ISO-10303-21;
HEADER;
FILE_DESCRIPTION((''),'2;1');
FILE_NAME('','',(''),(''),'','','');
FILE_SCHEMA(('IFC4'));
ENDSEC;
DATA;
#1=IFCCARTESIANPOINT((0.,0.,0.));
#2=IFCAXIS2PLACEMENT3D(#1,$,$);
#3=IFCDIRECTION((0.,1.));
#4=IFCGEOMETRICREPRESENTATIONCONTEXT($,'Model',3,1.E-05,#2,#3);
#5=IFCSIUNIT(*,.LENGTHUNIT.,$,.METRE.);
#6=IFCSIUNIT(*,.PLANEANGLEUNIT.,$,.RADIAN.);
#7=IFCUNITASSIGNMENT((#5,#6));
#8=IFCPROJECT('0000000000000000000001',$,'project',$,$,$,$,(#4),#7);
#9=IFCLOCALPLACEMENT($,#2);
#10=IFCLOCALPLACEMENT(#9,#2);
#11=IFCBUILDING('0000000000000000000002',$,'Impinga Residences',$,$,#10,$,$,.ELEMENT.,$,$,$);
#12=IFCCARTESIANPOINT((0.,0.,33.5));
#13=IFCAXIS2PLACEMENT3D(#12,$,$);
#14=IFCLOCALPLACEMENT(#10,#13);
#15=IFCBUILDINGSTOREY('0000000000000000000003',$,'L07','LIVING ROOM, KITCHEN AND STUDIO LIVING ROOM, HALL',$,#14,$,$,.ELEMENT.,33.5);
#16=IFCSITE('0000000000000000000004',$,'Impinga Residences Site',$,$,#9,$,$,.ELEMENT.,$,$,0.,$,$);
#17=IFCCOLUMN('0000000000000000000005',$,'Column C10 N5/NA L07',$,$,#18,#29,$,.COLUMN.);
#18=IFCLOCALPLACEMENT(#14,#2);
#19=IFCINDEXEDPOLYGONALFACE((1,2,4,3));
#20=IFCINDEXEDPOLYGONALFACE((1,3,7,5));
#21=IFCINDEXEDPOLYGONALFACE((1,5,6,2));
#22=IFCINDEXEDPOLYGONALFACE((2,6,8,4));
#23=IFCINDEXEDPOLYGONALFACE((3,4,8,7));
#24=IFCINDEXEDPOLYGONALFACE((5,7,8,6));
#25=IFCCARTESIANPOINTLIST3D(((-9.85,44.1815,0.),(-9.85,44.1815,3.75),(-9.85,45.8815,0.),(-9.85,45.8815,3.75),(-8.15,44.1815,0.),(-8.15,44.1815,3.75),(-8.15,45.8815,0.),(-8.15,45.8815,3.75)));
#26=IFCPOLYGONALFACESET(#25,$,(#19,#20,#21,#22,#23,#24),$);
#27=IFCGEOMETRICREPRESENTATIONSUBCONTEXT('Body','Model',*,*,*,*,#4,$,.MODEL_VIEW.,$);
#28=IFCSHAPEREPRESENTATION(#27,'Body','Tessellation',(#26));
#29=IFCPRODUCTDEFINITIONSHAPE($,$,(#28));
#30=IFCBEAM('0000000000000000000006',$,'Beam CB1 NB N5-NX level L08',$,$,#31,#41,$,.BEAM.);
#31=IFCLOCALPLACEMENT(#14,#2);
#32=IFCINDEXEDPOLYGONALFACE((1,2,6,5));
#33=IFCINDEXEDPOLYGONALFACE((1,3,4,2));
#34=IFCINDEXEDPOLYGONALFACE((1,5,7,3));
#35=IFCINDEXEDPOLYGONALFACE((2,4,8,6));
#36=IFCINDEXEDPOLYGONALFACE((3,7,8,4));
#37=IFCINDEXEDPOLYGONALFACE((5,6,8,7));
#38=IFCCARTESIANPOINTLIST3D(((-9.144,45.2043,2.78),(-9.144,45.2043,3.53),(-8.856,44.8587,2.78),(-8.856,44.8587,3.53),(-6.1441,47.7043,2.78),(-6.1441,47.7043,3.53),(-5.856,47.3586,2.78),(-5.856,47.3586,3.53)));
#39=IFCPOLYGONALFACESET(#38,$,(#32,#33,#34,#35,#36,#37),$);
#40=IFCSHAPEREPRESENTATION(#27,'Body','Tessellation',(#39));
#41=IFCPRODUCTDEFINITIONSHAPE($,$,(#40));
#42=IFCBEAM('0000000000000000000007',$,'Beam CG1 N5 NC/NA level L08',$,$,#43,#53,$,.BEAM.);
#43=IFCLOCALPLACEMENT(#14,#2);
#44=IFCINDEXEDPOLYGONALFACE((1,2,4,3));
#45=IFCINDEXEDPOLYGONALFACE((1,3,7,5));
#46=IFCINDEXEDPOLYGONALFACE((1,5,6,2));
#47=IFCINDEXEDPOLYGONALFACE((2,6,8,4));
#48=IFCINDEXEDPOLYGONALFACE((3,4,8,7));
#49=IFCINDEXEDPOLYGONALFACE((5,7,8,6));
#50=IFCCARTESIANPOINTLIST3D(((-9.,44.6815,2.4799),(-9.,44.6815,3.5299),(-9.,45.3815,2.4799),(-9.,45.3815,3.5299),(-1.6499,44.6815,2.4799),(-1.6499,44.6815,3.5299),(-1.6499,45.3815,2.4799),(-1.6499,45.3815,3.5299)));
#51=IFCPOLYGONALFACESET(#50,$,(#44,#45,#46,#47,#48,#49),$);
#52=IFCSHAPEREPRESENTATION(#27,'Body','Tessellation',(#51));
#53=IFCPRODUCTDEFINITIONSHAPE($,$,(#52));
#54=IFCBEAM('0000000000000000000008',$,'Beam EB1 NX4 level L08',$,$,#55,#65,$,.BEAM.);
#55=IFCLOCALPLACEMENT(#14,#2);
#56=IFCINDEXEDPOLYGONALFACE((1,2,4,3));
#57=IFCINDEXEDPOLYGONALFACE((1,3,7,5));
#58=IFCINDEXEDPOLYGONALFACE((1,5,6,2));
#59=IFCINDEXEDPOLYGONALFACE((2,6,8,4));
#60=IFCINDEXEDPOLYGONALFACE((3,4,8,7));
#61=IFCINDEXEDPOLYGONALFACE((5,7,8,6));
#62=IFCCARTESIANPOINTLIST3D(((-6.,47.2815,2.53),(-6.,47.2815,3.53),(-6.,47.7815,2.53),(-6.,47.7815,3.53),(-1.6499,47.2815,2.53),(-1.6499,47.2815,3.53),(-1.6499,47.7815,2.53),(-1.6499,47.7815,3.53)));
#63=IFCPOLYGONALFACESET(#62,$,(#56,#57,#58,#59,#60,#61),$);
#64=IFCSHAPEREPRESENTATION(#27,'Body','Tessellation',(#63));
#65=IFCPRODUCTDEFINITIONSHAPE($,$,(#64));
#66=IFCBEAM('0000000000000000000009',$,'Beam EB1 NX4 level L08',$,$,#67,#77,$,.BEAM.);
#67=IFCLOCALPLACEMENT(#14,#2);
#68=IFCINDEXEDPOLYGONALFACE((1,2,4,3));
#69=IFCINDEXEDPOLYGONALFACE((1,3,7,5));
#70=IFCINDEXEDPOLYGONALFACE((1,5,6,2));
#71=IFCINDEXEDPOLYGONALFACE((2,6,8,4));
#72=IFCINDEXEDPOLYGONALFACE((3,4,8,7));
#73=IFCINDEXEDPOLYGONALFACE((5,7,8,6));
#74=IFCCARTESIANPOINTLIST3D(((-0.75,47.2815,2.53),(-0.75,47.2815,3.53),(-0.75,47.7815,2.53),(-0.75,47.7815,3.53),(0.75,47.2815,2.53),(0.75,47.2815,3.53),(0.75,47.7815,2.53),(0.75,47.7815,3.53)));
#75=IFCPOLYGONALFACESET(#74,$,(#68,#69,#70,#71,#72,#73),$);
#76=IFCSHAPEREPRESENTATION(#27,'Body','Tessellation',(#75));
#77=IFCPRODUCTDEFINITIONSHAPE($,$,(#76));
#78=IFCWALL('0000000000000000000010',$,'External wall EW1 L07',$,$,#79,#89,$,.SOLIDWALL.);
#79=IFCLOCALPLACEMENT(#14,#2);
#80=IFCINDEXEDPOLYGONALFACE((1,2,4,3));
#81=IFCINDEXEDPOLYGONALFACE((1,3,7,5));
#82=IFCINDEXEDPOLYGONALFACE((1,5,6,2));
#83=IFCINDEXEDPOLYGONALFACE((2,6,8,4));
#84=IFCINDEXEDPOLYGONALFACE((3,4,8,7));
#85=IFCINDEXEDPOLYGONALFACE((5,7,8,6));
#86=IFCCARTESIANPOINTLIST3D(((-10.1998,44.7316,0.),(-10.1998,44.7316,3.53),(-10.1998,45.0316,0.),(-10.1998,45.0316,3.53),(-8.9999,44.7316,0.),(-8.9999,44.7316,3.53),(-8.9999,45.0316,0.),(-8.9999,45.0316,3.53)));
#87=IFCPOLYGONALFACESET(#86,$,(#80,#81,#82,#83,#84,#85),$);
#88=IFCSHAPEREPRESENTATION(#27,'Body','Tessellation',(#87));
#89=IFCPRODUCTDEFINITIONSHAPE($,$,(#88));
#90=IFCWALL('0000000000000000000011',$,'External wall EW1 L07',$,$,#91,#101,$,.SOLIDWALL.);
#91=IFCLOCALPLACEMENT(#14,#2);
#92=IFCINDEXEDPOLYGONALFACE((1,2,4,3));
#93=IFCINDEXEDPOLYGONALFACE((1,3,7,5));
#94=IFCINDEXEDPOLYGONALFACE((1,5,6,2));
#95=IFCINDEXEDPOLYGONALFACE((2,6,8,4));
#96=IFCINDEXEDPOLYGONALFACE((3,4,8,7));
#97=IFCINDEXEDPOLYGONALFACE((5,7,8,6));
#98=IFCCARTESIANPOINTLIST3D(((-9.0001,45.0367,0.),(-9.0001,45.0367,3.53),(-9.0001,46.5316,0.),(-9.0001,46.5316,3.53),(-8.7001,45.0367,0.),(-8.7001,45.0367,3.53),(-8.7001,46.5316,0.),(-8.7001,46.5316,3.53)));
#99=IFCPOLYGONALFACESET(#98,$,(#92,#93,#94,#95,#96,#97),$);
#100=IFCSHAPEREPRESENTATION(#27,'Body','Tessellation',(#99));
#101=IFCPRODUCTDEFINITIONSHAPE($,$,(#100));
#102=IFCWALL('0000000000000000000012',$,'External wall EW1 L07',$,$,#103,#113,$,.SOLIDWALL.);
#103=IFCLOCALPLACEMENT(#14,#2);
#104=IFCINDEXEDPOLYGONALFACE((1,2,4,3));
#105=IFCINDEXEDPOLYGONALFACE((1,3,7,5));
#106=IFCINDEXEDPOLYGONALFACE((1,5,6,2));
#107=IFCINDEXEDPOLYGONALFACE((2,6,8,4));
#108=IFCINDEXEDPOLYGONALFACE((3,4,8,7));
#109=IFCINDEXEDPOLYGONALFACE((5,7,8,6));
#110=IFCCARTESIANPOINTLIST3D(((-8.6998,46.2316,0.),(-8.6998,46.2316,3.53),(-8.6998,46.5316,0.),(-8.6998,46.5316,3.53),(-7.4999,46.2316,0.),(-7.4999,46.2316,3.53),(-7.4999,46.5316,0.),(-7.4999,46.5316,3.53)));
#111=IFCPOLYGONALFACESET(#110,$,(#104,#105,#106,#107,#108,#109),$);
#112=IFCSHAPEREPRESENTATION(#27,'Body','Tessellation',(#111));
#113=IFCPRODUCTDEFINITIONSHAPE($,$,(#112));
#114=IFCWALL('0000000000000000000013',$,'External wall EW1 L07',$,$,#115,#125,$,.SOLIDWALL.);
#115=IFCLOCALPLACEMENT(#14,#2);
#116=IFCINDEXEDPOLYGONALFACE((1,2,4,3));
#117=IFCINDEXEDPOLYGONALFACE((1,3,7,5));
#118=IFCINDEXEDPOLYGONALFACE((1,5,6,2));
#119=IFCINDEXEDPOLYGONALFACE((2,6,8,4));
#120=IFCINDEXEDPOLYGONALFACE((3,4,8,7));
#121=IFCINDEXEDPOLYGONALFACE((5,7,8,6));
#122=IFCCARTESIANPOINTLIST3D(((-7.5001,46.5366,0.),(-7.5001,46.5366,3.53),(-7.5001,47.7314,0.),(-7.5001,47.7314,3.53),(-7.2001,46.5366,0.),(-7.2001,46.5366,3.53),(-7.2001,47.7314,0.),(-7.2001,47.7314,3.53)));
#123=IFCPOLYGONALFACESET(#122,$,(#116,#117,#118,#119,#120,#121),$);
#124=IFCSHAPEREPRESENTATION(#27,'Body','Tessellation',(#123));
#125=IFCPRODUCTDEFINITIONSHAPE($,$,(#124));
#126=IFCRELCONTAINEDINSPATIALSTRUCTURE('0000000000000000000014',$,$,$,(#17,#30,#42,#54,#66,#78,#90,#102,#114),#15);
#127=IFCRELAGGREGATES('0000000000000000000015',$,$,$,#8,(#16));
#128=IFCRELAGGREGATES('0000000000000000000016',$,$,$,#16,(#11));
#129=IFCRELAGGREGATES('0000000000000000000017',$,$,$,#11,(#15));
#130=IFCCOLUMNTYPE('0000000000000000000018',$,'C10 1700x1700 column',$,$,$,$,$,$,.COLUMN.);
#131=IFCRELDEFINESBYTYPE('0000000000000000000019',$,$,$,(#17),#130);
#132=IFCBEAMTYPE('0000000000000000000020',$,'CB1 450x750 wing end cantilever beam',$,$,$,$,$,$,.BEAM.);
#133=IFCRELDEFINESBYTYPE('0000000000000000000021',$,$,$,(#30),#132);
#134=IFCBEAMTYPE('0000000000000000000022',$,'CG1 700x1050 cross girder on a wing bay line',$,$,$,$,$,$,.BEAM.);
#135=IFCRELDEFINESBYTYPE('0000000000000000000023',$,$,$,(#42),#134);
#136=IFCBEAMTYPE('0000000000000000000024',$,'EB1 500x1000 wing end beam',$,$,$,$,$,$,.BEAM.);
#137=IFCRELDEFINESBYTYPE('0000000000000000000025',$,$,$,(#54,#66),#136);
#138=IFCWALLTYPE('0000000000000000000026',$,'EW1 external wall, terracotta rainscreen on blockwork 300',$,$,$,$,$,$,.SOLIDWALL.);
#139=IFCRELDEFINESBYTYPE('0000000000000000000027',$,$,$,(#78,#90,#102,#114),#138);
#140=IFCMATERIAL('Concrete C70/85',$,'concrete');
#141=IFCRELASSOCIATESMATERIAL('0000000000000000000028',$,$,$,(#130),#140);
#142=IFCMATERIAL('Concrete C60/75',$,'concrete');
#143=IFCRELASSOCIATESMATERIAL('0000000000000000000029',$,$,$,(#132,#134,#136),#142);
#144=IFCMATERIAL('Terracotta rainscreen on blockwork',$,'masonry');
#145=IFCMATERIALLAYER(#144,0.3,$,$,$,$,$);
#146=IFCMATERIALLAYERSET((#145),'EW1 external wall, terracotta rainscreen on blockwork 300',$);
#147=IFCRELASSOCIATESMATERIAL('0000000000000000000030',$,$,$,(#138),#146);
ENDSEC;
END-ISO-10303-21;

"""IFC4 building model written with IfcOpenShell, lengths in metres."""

from ifc_helpers import new_model, si_unit, direction, frame, frame_2d, origin, origin_2d, place, context, subcontext, project, spatial, rectangle, extrude, material, layer, layer_set, material_profile, profile_set, type_object, element, save


model = new_model("IFC4")

# Units and contexts
model_context = context("Model", 3, precision=1e-05, world=origin(), true_north=direction((0.0, 1.0)))
body_context = subcontext(model_context, "Body", "Model", "MODEL_VIEW")
ifc_project = project(units=[si_unit("LENGTHUNIT", "METRE"), si_unit("PLANEANGLEUNIT", "RADIAN")], contexts=[model_context])

# Site, building, storey
site_placement = place(None, origin())
site = spatial("IfcSite", under=ifc_project, at=site_placement, Name="Impinga Residences Site", CompositionType="ELEMENT", RefElevation=0.0)
building_placement = place(site_placement, origin())
building = spatial("IfcBuilding", under=site, at=building_placement, Name="Impinga Residences", CompositionType="ELEMENT")
storey_placement = place(building_placement, frame((0.0, 0.0, 33.5)))
storey = spatial("IfcBuildingStorey", under=building, at=storey_placement, Name="L07", Description="LIVING ROOM, KITCHEN AND STUDIO LIVING ROOM, HALL", CompositionType="ELEMENT", Elevation=33.5)

# Column
ifc_material_1 = material(Name="Concrete C70/85", Category="concrete")
ifc_material_profile_1 = material_profile(ifc_material_1, rectangle(XDim=1.7, YDim=1.7, at=origin_2d()), Name="RC 1700x1700")
ifc_profile_set_1 = profile_set([ifc_material_profile_1], Name="Concrete C70/85")
column_type = type_object("IfcColumnType", Name="C10 1700x1700 column", PredefinedType="COLUMN", material=ifc_profile_set_1)
column_placement = place(storey_placement, frame((-9.0, 45.0315, 0.0), z_axis=(0.0, 0.0, 1.0), x_axis=(1.0, 0.0, 0.0)))
element("IfcColumn", 1, at=column_placement, inside=storey, type_object=column_type, Name="Column C10 N5/NA L07", PredefinedType="COLUMN", context=body_context, shape_type="SweptSolid", body=[
    extrude(rectangle(XDim=1.7, YDim=1.7, at=origin_2d()), origin(), (0.0, 0.0, 1.0), 3.75),
])

# Beams
ifc_material_2 = material(Name="Concrete C60/75", Category="concrete")
ifc_material_profile_2 = material_profile(ifc_material_2, rectangle(XDim=0.45, YDim=0.75, at=origin_2d()), Name="RC 450x750")
ifc_profile_set_2 = profile_set([ifc_material_profile_2], Name="Concrete C60/75")
beam_type_1 = type_object("IfcBeamType", Name="CB1 450x750 wing end cantilever beam", PredefinedType="BEAM", material=ifc_profile_set_2)
beam_1_placement = place(storey_placement, frame((-9.0, 45.0315, 3.155), z_axis=(0.768221, 0.640184, 0.0), x_axis=(-0.640184, 0.768221, 0.0)))
element("IfcBeam", 2, at=beam_1_placement, inside=storey, type_object=beam_type_1, Name="Beam CB1 NB N5-NX level L08", PredefinedType="BEAM", context=body_context, shape_type="SweptSolid", body=[
    extrude(rectangle(XDim=0.45, YDim=0.75, at=origin_2d()), origin(), (0.0, 0.0, 1.0), 3.905),
])
ifc_material_profile_3 = material_profile(ifc_material_2, rectangle(XDim=0.7, YDim=1.05, at=origin_2d()), Name="RC 700x1050")
ifc_profile_set_3 = profile_set([ifc_material_profile_3], Name="Concrete C60/75")
beam_type_2 = type_object("IfcBeamType", Name="CG1 700x1050 cross girder on a wing bay line", PredefinedType="BEAM", material=ifc_profile_set_3)
beam_2_placement = place(storey_placement, frame((-1.6499, 45.0315, 3.0049), z_axis=(-1.0, 0.0, 0.0), x_axis=(0.0, -1.0, 0.0)))
element("IfcBeam", 3, at=beam_2_placement, inside=storey, type_object=beam_type_2, Name="Beam CG1 N5 NC/NA level L08", PredefinedType="BEAM", context=body_context, shape_type="SweptSolid", body=[
    extrude(rectangle(XDim=0.7, YDim=1.05, at=origin_2d()), origin(), (0.0, 0.0, 1.0), 7.3501),
])
ifc_material_profile_4 = material_profile(ifc_material_2, rectangle(XDim=0.5, YDim=1.0, at=origin_2d()), Name="RC 500x1000")
ifc_profile_set_4 = profile_set([ifc_material_profile_4], Name="Concrete C60/75")
beam_type_3 = type_object("IfcBeamType", Name="EB1 500x1000 wing end beam", PredefinedType="BEAM", material=ifc_profile_set_4)
beam_3_placement = place(storey_placement, frame((-6.0, 47.5315, 3.03), z_axis=(1.0, 0.0, 0.0), x_axis=(0.0, 1.0, 0.0)))
element("IfcBeam", 4, at=beam_3_placement, inside=storey, type_object=beam_type_3, Name="Beam EB1 NX4 level L08", PredefinedType="BEAM", context=body_context, shape_type="SweptSolid", body=[
    extrude(rectangle(XDim=0.5, YDim=1.0, at=origin_2d()), origin(), (0.0, 0.0, 1.0), 4.3501),
])
beam_4_placement = place(storey_placement, frame((-0.75, 47.5315, 3.03), z_axis=(1.0, 0.0, 0.0), x_axis=(0.0, 1.0, 0.0)))
element("IfcBeam", 5, at=beam_4_placement, inside=storey, type_object=beam_type_3, Name="Beam EB1 NX4 level L08", PredefinedType="BEAM", context=body_context, shape_type="SweptSolid", body=[
    extrude(rectangle(XDim=0.5, YDim=1.0, at=origin_2d()), origin(), (0.0, 0.0, 1.0), 1.5),
])

# Walls
ifc_material_3 = material(Name="Terracotta rainscreen on blockwork", Category="masonry")
ifc_layer_1 = layer(ifc_material_3, 0.3)
ifc_layer_set_1 = layer_set([ifc_layer_1], Name="EW1 external wall, terracotta rainscreen on blockwork 300")
wall_type_1 = type_object("IfcWallType", Name="EW1 external wall, terracotta rainscreen on blockwork 300", PredefinedType="SOLIDWALL", material=ifc_layer_set_1)
wall_1_placement = place(storey_placement, frame((-10.2, 44.8816, 0.0), z_axis=(0.0, 0.0, 1.0), x_axis=(1.0, 0.0, 0.0)))
element("IfcWall", 6, at=wall_1_placement, inside=storey, type_object=wall_type_1, Name="External wall EW1 L07", PredefinedType="SOLIDWALL", context=body_context, shape_type="SweptSolid", body=[
    extrude(rectangle(XDim=1.2, YDim=0.3, at=frame_2d((0.6001, 0.0))), origin(), (0.0, 0.0, 1.0), 3.53),
])
wall_2_placement = place(storey_placement, frame((-8.8501, 45.0366, 0.0), z_axis=(0.0, 0.0, 1.0), x_axis=(0.0, 1.0, 0.0)))
element("IfcWall", 7, at=wall_2_placement, inside=storey, type_object=wall_type_1, Name="External wall EW1 L07", PredefinedType="SOLIDWALL", context=body_context, shape_type="SweptSolid", body=[
    extrude(rectangle(XDim=1.4949, YDim=0.3, at=frame_2d((0.7476, 0.0))), origin(), (0.0, 0.0, 1.0), 3.53),
])
wall_3_placement = place(storey_placement, frame((-8.7, 46.3816, 0.0), z_axis=(0.0, 0.0, 1.0), x_axis=(1.0, 0.0, 0.0)))
element("IfcWall", 8, at=wall_3_placement, inside=storey, type_object=wall_type_1, Name="External wall EW1 L07", PredefinedType="SOLIDWALL", context=body_context, shape_type="SweptSolid", body=[
    extrude(rectangle(XDim=1.2, YDim=0.3, at=frame_2d((0.6001, 0.0))), origin(), (0.0, 0.0, 1.0), 3.53),
])
wall_4_placement = place(storey_placement, frame((-7.3501, 46.5366, 0.0), z_axis=(0.0, 0.0, 1.0), x_axis=(0.0, 1.0, 0.0)))
element("IfcWall", 9, at=wall_4_placement, inside=storey, type_object=wall_type_1, Name="External wall EW1 L07", PredefinedType="SOLIDWALL", context=body_context, shape_type="SweptSolid", body=[
    extrude(rectangle(XDim=1.1948, YDim=0.3, at=frame_2d((0.5974, 0.0))), origin(), (0.0, 0.0, 1.0), 3.53),
])

save(model, "model.ifc")
